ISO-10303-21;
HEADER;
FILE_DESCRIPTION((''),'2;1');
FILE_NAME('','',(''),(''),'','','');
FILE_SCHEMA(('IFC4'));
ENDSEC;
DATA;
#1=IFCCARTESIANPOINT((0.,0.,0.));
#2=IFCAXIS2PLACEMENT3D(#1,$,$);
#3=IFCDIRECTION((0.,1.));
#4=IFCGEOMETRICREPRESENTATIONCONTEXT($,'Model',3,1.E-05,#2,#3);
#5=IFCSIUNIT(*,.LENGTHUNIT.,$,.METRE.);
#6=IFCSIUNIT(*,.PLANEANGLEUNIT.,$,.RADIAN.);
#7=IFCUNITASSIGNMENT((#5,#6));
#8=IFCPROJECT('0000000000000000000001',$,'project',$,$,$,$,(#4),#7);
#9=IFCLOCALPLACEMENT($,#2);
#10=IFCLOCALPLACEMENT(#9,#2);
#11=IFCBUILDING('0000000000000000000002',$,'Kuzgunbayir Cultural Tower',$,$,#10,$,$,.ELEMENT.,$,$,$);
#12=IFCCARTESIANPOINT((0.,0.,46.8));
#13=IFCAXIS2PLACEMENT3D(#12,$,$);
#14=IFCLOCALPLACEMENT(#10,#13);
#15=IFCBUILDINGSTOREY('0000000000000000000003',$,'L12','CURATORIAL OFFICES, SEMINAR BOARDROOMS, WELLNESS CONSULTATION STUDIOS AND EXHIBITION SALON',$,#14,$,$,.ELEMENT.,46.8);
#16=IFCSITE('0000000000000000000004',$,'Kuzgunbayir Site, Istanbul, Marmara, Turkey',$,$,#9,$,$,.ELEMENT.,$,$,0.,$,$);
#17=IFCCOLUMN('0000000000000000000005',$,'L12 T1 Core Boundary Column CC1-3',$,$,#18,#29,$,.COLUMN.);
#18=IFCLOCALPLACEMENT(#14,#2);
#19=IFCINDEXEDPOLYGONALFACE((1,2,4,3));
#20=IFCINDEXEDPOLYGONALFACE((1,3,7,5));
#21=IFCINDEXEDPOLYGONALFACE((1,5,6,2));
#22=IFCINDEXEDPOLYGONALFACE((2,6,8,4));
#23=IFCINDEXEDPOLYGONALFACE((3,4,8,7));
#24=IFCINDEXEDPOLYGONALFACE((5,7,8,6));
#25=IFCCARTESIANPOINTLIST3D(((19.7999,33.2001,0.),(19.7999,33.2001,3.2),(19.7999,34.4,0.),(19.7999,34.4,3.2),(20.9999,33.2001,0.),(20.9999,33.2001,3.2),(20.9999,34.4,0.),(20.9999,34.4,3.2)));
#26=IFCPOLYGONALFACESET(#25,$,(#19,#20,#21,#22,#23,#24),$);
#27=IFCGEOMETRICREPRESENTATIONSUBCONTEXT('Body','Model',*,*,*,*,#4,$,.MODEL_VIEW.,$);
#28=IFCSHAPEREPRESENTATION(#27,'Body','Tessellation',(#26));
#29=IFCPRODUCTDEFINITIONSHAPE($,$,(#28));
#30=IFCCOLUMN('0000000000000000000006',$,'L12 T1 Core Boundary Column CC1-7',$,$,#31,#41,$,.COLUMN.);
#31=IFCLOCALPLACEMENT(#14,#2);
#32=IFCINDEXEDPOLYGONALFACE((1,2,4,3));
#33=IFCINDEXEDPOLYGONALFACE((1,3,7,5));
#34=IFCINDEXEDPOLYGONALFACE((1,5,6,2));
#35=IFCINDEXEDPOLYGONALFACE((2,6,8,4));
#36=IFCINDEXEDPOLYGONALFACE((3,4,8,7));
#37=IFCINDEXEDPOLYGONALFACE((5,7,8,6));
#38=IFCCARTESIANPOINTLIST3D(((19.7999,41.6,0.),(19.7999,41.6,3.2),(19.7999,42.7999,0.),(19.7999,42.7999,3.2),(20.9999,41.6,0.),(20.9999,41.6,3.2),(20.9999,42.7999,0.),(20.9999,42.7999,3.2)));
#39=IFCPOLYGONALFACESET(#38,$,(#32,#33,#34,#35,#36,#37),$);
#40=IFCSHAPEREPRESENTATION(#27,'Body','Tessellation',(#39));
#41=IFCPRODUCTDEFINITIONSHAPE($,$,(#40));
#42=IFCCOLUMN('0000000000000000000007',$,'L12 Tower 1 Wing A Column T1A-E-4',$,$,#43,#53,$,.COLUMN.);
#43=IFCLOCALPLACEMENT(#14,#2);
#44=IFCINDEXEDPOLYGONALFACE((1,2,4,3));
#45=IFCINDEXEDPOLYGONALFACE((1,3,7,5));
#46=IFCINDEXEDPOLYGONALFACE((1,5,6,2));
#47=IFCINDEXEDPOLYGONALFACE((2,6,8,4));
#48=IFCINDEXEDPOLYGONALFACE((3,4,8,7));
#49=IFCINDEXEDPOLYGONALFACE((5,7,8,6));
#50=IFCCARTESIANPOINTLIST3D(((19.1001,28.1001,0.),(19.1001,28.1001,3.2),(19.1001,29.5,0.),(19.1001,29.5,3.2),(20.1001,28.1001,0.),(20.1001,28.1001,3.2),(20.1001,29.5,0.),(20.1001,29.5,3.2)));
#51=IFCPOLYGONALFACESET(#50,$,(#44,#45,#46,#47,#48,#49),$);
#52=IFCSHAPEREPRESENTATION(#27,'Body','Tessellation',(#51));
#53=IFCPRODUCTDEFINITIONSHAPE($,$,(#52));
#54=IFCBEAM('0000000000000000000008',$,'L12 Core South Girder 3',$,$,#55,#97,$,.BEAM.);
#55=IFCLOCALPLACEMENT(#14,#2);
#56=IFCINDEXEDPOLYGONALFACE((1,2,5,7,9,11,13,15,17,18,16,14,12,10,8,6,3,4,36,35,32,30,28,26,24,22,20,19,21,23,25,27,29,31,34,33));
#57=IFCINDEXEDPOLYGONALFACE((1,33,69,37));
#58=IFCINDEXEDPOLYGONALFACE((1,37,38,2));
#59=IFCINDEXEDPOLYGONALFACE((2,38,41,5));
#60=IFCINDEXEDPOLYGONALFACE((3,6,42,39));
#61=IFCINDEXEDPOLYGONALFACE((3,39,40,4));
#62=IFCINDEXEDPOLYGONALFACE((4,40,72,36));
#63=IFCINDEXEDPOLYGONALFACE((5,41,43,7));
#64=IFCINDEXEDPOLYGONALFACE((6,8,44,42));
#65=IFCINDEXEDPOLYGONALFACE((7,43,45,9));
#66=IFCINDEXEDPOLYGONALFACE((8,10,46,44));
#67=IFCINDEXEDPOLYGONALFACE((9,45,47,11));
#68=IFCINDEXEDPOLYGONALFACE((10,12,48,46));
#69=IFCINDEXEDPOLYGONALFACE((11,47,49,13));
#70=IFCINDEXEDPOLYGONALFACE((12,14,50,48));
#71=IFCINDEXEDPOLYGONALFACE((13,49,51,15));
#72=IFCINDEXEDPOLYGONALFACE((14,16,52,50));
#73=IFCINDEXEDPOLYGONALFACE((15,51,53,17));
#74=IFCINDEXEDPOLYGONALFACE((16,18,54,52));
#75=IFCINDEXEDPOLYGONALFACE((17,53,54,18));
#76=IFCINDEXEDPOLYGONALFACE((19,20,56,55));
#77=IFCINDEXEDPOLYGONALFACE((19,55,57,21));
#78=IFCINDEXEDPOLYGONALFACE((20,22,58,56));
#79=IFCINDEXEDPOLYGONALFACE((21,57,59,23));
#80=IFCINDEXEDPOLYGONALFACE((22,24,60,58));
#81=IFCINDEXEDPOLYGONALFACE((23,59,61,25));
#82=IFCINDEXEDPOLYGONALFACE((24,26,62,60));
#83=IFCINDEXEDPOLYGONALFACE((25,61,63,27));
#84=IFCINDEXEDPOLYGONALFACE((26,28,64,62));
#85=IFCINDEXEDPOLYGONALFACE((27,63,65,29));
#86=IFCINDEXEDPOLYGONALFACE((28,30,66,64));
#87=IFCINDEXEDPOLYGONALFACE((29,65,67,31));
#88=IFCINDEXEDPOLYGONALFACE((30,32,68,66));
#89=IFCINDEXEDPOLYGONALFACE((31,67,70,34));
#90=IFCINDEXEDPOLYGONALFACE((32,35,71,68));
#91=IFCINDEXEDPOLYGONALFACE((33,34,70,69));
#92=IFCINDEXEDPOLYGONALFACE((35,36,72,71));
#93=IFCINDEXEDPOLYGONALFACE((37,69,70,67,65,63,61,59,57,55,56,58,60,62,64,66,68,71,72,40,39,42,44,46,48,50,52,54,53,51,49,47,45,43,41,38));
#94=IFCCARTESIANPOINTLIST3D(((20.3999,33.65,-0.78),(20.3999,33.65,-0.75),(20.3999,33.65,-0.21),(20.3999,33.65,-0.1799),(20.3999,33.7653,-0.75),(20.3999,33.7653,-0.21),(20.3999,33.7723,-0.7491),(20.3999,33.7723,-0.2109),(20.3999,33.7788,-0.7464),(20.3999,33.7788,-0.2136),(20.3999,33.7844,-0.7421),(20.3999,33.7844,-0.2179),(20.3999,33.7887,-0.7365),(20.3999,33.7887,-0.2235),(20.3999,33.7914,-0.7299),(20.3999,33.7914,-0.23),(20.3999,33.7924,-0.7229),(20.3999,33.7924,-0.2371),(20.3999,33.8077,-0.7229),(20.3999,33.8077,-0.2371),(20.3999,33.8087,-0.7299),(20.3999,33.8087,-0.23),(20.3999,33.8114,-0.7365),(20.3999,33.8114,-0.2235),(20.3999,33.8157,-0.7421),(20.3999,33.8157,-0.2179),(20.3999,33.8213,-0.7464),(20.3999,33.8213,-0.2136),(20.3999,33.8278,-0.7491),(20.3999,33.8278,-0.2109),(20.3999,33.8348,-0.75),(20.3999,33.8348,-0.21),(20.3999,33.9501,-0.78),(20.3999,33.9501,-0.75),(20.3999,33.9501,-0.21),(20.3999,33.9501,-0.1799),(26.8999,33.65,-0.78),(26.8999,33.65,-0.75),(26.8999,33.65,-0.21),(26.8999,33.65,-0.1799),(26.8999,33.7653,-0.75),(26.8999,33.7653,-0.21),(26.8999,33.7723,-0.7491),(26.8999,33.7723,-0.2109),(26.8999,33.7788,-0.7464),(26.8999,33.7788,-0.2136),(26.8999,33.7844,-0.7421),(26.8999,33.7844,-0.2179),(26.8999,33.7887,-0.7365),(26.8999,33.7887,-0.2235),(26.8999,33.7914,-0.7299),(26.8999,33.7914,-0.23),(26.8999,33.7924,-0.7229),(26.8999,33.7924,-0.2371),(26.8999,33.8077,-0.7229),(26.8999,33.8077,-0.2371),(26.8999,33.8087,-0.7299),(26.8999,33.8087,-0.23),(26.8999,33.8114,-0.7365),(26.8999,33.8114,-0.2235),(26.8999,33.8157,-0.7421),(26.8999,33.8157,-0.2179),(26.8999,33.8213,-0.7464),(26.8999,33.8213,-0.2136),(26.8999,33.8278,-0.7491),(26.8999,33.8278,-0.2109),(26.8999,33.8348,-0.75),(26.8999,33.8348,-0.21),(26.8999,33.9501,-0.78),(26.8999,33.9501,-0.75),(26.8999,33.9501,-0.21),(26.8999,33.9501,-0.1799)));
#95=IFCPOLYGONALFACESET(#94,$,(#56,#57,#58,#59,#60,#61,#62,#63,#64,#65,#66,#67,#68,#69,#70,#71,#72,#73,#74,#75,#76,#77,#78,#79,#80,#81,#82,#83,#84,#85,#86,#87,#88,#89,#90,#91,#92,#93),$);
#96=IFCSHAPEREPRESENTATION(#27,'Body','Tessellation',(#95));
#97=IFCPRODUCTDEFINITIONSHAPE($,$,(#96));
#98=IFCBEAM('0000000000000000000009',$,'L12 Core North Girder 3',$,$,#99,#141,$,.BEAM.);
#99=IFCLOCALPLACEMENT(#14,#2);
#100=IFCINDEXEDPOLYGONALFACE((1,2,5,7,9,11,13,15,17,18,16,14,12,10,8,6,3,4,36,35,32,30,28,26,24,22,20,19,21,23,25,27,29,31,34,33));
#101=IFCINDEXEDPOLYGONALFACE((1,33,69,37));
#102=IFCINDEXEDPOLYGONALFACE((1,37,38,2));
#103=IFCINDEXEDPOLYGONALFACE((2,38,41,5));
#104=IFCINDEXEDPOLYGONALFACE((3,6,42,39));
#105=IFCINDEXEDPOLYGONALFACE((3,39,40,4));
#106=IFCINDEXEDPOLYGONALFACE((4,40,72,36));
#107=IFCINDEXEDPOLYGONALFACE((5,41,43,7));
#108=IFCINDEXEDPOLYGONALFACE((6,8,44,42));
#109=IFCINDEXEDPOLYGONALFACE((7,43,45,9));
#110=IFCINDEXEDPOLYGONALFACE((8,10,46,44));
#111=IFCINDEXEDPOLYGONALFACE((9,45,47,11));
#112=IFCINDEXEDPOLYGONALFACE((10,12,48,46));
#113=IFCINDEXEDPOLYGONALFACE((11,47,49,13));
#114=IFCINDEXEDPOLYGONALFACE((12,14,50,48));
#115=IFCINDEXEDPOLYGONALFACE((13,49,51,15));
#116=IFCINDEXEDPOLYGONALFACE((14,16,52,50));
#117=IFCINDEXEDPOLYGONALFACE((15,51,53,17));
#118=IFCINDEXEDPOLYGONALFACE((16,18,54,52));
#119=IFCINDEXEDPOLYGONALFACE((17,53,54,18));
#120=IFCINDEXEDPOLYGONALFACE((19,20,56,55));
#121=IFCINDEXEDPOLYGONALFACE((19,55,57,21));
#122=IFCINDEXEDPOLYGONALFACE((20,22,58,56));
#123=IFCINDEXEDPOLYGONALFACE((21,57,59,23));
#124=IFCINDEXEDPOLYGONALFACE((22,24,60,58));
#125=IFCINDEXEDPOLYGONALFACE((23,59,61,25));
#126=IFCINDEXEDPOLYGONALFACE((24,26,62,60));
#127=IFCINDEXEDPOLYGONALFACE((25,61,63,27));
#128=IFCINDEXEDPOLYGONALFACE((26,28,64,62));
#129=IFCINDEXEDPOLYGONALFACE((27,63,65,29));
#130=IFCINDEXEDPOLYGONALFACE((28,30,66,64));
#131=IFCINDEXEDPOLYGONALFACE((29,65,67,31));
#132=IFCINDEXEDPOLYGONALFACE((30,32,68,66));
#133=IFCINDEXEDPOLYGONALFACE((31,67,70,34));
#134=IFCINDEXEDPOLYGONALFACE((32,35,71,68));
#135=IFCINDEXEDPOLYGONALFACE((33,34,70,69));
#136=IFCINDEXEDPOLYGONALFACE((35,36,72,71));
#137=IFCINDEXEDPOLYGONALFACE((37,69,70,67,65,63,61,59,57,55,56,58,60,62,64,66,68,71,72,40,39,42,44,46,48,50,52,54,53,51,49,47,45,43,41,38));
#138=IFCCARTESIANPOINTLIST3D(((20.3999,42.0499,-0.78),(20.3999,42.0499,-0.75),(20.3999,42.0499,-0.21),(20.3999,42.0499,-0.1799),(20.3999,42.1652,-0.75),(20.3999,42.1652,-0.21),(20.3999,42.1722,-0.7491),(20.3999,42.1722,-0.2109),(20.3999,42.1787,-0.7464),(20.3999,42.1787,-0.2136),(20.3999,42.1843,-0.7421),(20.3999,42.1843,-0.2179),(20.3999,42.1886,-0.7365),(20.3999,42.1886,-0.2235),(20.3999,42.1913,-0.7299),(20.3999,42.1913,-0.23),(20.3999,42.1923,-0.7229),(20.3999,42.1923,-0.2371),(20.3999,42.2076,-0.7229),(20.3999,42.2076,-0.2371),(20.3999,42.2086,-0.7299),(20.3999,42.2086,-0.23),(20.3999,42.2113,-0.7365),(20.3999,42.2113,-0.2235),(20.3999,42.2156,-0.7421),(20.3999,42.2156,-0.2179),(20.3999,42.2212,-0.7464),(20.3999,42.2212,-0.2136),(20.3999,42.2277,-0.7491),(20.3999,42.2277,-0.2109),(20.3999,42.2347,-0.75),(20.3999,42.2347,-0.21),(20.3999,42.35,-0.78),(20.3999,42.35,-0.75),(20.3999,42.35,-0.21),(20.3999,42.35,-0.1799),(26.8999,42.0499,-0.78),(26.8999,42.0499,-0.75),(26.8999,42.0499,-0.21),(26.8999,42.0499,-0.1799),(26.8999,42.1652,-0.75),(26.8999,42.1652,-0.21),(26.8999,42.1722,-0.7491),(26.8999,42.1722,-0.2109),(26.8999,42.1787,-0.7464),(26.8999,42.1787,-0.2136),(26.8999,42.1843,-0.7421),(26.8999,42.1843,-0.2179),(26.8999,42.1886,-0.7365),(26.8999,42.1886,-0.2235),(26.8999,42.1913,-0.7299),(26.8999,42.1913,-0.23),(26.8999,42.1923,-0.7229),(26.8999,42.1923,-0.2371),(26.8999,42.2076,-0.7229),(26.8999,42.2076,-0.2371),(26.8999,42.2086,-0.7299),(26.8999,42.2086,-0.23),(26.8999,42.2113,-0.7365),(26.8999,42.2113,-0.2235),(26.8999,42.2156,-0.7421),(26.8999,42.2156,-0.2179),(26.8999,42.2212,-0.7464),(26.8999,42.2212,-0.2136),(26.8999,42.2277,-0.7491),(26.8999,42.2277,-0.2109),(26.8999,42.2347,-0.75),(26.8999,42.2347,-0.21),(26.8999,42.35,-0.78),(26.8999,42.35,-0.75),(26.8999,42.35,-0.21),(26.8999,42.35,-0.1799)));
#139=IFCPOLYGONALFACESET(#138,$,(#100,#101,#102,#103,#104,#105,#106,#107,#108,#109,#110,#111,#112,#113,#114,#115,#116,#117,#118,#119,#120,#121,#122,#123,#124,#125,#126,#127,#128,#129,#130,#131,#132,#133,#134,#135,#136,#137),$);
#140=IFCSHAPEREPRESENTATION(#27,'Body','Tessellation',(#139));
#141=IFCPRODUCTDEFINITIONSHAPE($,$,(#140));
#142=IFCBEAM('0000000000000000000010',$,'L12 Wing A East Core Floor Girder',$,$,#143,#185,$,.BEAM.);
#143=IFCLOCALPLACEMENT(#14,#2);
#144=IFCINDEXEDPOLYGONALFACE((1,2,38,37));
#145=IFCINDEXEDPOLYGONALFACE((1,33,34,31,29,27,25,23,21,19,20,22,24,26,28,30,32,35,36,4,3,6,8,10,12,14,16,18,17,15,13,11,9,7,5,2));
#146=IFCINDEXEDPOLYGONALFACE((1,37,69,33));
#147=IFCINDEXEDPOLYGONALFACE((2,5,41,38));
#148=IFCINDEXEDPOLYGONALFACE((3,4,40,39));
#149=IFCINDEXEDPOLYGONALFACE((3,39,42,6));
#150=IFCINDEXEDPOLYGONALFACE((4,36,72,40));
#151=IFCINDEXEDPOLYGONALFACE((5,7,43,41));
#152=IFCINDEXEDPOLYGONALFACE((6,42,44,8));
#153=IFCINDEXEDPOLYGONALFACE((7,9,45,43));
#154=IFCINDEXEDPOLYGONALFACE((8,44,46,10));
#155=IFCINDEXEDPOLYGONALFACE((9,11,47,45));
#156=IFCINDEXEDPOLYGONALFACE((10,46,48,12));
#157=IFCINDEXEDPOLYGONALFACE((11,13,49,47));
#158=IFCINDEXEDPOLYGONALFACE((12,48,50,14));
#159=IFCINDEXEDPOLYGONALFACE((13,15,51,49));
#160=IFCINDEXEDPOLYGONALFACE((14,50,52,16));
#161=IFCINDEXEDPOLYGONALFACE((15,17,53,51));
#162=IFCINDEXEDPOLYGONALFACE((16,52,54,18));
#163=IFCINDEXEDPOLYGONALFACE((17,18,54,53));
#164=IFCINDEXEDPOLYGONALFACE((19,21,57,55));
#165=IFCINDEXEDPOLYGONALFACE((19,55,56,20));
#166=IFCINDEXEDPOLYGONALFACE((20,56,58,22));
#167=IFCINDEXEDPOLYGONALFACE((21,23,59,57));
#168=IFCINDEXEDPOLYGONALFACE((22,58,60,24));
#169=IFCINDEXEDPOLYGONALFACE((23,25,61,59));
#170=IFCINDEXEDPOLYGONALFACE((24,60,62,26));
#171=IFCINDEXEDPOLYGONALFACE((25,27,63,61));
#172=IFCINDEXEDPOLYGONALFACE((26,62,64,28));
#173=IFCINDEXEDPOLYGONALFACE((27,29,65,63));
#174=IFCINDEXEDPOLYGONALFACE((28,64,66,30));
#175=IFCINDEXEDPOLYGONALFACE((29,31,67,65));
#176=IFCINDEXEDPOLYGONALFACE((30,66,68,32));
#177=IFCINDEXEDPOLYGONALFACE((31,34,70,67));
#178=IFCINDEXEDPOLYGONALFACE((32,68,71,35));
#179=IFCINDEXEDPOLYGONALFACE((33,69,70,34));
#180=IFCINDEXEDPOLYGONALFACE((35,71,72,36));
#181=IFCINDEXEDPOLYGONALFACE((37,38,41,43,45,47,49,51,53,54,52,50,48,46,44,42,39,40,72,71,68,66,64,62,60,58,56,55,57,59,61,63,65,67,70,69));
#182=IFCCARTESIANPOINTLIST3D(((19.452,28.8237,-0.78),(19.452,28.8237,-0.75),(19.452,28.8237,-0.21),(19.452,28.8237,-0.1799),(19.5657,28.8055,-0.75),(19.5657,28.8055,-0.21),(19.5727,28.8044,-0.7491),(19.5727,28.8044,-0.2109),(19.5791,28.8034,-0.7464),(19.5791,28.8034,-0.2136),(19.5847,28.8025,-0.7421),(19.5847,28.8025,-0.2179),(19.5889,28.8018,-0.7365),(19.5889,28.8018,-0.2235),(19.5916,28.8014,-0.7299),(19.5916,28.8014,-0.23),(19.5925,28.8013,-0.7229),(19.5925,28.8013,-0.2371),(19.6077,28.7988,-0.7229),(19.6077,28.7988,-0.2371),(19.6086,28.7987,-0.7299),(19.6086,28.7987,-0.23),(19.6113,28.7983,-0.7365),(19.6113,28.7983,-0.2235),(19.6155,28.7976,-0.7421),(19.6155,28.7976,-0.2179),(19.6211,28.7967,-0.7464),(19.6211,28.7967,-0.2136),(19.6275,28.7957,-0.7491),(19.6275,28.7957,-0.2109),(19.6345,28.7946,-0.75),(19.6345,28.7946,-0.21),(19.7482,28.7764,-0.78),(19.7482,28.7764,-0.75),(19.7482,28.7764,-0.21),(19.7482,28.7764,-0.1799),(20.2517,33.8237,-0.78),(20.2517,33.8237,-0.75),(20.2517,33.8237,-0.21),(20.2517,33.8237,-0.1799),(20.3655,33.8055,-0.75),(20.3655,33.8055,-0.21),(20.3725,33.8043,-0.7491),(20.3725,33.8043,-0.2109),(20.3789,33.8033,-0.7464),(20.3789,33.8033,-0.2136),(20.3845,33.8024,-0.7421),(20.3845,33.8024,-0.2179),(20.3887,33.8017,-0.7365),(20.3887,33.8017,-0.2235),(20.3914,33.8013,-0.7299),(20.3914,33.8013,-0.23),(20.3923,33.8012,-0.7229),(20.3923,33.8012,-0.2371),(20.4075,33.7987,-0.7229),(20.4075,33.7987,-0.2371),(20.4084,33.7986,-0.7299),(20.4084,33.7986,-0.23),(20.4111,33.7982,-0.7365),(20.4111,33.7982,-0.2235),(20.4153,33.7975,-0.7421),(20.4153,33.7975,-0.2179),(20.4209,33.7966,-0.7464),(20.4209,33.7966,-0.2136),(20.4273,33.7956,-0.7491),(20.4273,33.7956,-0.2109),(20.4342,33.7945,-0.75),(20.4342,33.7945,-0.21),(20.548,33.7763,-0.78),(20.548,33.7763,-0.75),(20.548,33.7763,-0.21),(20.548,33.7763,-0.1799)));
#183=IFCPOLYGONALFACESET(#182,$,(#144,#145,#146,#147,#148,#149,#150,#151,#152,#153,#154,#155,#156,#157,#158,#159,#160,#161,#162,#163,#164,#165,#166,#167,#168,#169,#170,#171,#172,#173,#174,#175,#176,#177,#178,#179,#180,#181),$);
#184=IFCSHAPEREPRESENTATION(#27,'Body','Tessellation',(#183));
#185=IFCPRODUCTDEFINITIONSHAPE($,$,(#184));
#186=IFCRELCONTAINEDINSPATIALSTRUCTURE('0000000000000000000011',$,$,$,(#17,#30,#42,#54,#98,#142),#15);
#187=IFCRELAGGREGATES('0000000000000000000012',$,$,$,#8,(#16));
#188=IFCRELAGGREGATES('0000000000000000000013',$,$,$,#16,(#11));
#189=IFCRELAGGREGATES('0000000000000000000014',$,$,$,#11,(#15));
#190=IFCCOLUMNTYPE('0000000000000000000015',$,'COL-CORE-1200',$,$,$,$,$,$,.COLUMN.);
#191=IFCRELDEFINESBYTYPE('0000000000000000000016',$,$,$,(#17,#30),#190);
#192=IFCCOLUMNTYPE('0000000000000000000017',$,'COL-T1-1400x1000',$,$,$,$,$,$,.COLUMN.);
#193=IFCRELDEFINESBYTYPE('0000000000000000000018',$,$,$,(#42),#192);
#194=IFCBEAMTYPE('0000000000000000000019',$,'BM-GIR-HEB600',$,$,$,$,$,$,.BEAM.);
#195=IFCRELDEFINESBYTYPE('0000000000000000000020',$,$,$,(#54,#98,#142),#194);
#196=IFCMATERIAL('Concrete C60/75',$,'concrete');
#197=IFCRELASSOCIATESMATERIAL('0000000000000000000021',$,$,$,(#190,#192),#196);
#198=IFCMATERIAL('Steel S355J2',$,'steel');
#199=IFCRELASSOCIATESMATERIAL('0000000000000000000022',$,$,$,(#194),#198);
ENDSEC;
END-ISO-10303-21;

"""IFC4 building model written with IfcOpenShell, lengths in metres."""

from ifc_helpers import new_model, si_unit, direction, frame, origin, origin_2d, place, context, subcontext, project, spatial, rectangle, i_section, extrude, material, material_profile, profile_set, type_object, element, save


model = new_model("IFC4")

# Units and contexts
model_context = context("Model", 3, precision=1e-05, world=origin(), true_north=direction((0.0, 1.0)))
body_context = subcontext(model_context, "Body", "Model", "MODEL_VIEW")
ifc_project = project(units=[si_unit("LENGTHUNIT", "METRE"), si_unit("PLANEANGLEUNIT", "RADIAN")], contexts=[model_context])

# Site, building, storey
site_placement = place(None, origin())
site = spatial("IfcSite", under=ifc_project, at=site_placement, Name="Kuzgunbayir Site, Istanbul, Marmara, Turkey", CompositionType="ELEMENT", RefElevation=0.0)
building_placement = place(site_placement, origin())
building = spatial("IfcBuilding", under=site, at=building_placement, Name="Kuzgunbayir Cultural Tower", CompositionType="ELEMENT")
storey_placement = place(building_placement, frame((0.0, 0.0, 46.8)))
storey = spatial("IfcBuildingStorey", under=building, at=storey_placement, Name="L12", Description="CURATORIAL OFFICES, SEMINAR BOARDROOMS, WELLNESS CONSULTATION STUDIOS AND EXHIBITION SALON", CompositionType="ELEMENT", Elevation=46.8)

# Columns
ifc_material_1 = material(Name="Concrete C60/75", Category="concrete")
ifc_material_profile_1 = material_profile(ifc_material_1, rectangle(XDim=1.2, YDim=1.2, at=origin_2d()), Name="RC 1200x1200")
ifc_profile_set_1 = profile_set([ifc_material_profile_1], Name="Concrete C60/75")
column_type_1 = type_object("IfcColumnType", Name="COL-CORE-1200", PredefinedType="COLUMN", material=ifc_profile_set_1)
for number, where, z_axis, x_axis, name in (
    (1, (20.3999, 33.8, 0.0), (0.0, 0.0, 1.0), (1.0, 0.0, 0.0), "L12 T1 Core Boundary Column CC1-3"),
    (2, (20.3999, 42.2, 0.0), (0.0, 0.0, 1.0), (1.0, 0.0, 0.0), "L12 T1 Core Boundary Column CC1-7"),
):
    element("IfcColumn", number, at=place(storey_placement, frame(where, z_axis=z_axis, x_axis=x_axis)), inside=storey, type_object=column_type_1, Name=name, PredefinedType="COLUMN", context=body_context, shape_type="SweptSolid", body=[
        extrude(rectangle(XDim=1.2, YDim=1.2, at=origin_2d()), origin(), (0.0, 0.0, 1.0), 3.2),
    ])
ifc_material_profile_2 = material_profile(ifc_material_1, rectangle(XDim=1.0, YDim=1.3999, at=origin_2d()), Name="RC 1400x1000")
ifc_profile_set_2 = profile_set([ifc_material_profile_2], Name="Concrete C60/75")
column_type_2 = type_object("IfcColumnType", Name="COL-T1-1400x1000", PredefinedType="COLUMN", material=ifc_profile_set_2)
column_placement = place(storey_placement, frame((19.6001, 28.8, 0.0), z_axis=(0.0, 0.0, 1.0), x_axis=(1.0, 0.0, 0.0)))
element("IfcColumn", 3, at=column_placement, inside=storey, type_object=column_type_2, Name="L12 Tower 1 Wing A Column T1A-E-4", PredefinedType="COLUMN", context=body_context, shape_type="SweptSolid", body=[
    extrude(rectangle(XDim=1.0, YDim=1.3999, at=origin_2d()), origin(), (0.0, 0.0, 1.0), 3.2),
])

# Beams
ifc_material_2 = material(Name="Steel S355J2", Category="steel")
ifc_material_profile_3 = material_profile(ifc_material_2, i_section(OverallWidth=0.3, OverallDepth=0.6001, WebThickness=0.0154, FlangeThickness=0.03, FilletRadius=0.0271, at=origin_2d()), Name="HEB 600")
ifc_profile_set_3 = profile_set([ifc_material_profile_3], Name="Steel S355J2")
beam_type = type_object("IfcBeamType", Name="BM-GIR-HEB600", PredefinedType="BEAM", material=ifc_profile_set_3)
for number, where, z_axis, x_axis, name in (
    (4, (20.3999, 33.8, -0.48), (1.0, 0.0, 0.0), (0.0, 1.0, 0.0), "L12 Core South Girder 3"),
    (5, (20.3999, 42.2, -0.48), (1.0, 0.0, 0.0), (0.0, 1.0, 0.0), "L12 Core North Girder 3"),
):
    element("IfcBeam", number, at=place(storey_placement, frame(where, z_axis=z_axis, x_axis=x_axis)), inside=storey, type_object=beam_type, Name=name, PredefinedType="BEAM", context=body_context, shape_type="SweptSolid", body=[
        extrude(i_section(OverallWidth=0.3, OverallDepth=0.6001, WebThickness=0.0154, FlangeThickness=0.03, FilletRadius=0.0271, at=origin_2d()), origin(), (0.0, 0.0, 1.0), 6.5),
    ])
beam_1_placement = place(storey_placement, frame((19.6001, 28.8, -0.48), z_axis=(0.157953, 0.987447, 0.0), x_axis=(-0.987447, 0.157953, 0.0)))
element("IfcBeam", 6, at=beam_1_placement, inside=storey, type_object=beam_type, Name="L12 Wing A East Core Floor Girder", PredefinedType="BEAM", context=body_context, shape_type="SweptSolid", body=[
    extrude(i_section(OverallWidth=0.3, OverallDepth=0.6001, WebThickness=0.0154, FlangeThickness=0.03, FilletRadius=0.0271, at=origin_2d()), origin(), (0.0, 0.0, 1.0), 5.0635),
])

save(model, "model.ifc")
